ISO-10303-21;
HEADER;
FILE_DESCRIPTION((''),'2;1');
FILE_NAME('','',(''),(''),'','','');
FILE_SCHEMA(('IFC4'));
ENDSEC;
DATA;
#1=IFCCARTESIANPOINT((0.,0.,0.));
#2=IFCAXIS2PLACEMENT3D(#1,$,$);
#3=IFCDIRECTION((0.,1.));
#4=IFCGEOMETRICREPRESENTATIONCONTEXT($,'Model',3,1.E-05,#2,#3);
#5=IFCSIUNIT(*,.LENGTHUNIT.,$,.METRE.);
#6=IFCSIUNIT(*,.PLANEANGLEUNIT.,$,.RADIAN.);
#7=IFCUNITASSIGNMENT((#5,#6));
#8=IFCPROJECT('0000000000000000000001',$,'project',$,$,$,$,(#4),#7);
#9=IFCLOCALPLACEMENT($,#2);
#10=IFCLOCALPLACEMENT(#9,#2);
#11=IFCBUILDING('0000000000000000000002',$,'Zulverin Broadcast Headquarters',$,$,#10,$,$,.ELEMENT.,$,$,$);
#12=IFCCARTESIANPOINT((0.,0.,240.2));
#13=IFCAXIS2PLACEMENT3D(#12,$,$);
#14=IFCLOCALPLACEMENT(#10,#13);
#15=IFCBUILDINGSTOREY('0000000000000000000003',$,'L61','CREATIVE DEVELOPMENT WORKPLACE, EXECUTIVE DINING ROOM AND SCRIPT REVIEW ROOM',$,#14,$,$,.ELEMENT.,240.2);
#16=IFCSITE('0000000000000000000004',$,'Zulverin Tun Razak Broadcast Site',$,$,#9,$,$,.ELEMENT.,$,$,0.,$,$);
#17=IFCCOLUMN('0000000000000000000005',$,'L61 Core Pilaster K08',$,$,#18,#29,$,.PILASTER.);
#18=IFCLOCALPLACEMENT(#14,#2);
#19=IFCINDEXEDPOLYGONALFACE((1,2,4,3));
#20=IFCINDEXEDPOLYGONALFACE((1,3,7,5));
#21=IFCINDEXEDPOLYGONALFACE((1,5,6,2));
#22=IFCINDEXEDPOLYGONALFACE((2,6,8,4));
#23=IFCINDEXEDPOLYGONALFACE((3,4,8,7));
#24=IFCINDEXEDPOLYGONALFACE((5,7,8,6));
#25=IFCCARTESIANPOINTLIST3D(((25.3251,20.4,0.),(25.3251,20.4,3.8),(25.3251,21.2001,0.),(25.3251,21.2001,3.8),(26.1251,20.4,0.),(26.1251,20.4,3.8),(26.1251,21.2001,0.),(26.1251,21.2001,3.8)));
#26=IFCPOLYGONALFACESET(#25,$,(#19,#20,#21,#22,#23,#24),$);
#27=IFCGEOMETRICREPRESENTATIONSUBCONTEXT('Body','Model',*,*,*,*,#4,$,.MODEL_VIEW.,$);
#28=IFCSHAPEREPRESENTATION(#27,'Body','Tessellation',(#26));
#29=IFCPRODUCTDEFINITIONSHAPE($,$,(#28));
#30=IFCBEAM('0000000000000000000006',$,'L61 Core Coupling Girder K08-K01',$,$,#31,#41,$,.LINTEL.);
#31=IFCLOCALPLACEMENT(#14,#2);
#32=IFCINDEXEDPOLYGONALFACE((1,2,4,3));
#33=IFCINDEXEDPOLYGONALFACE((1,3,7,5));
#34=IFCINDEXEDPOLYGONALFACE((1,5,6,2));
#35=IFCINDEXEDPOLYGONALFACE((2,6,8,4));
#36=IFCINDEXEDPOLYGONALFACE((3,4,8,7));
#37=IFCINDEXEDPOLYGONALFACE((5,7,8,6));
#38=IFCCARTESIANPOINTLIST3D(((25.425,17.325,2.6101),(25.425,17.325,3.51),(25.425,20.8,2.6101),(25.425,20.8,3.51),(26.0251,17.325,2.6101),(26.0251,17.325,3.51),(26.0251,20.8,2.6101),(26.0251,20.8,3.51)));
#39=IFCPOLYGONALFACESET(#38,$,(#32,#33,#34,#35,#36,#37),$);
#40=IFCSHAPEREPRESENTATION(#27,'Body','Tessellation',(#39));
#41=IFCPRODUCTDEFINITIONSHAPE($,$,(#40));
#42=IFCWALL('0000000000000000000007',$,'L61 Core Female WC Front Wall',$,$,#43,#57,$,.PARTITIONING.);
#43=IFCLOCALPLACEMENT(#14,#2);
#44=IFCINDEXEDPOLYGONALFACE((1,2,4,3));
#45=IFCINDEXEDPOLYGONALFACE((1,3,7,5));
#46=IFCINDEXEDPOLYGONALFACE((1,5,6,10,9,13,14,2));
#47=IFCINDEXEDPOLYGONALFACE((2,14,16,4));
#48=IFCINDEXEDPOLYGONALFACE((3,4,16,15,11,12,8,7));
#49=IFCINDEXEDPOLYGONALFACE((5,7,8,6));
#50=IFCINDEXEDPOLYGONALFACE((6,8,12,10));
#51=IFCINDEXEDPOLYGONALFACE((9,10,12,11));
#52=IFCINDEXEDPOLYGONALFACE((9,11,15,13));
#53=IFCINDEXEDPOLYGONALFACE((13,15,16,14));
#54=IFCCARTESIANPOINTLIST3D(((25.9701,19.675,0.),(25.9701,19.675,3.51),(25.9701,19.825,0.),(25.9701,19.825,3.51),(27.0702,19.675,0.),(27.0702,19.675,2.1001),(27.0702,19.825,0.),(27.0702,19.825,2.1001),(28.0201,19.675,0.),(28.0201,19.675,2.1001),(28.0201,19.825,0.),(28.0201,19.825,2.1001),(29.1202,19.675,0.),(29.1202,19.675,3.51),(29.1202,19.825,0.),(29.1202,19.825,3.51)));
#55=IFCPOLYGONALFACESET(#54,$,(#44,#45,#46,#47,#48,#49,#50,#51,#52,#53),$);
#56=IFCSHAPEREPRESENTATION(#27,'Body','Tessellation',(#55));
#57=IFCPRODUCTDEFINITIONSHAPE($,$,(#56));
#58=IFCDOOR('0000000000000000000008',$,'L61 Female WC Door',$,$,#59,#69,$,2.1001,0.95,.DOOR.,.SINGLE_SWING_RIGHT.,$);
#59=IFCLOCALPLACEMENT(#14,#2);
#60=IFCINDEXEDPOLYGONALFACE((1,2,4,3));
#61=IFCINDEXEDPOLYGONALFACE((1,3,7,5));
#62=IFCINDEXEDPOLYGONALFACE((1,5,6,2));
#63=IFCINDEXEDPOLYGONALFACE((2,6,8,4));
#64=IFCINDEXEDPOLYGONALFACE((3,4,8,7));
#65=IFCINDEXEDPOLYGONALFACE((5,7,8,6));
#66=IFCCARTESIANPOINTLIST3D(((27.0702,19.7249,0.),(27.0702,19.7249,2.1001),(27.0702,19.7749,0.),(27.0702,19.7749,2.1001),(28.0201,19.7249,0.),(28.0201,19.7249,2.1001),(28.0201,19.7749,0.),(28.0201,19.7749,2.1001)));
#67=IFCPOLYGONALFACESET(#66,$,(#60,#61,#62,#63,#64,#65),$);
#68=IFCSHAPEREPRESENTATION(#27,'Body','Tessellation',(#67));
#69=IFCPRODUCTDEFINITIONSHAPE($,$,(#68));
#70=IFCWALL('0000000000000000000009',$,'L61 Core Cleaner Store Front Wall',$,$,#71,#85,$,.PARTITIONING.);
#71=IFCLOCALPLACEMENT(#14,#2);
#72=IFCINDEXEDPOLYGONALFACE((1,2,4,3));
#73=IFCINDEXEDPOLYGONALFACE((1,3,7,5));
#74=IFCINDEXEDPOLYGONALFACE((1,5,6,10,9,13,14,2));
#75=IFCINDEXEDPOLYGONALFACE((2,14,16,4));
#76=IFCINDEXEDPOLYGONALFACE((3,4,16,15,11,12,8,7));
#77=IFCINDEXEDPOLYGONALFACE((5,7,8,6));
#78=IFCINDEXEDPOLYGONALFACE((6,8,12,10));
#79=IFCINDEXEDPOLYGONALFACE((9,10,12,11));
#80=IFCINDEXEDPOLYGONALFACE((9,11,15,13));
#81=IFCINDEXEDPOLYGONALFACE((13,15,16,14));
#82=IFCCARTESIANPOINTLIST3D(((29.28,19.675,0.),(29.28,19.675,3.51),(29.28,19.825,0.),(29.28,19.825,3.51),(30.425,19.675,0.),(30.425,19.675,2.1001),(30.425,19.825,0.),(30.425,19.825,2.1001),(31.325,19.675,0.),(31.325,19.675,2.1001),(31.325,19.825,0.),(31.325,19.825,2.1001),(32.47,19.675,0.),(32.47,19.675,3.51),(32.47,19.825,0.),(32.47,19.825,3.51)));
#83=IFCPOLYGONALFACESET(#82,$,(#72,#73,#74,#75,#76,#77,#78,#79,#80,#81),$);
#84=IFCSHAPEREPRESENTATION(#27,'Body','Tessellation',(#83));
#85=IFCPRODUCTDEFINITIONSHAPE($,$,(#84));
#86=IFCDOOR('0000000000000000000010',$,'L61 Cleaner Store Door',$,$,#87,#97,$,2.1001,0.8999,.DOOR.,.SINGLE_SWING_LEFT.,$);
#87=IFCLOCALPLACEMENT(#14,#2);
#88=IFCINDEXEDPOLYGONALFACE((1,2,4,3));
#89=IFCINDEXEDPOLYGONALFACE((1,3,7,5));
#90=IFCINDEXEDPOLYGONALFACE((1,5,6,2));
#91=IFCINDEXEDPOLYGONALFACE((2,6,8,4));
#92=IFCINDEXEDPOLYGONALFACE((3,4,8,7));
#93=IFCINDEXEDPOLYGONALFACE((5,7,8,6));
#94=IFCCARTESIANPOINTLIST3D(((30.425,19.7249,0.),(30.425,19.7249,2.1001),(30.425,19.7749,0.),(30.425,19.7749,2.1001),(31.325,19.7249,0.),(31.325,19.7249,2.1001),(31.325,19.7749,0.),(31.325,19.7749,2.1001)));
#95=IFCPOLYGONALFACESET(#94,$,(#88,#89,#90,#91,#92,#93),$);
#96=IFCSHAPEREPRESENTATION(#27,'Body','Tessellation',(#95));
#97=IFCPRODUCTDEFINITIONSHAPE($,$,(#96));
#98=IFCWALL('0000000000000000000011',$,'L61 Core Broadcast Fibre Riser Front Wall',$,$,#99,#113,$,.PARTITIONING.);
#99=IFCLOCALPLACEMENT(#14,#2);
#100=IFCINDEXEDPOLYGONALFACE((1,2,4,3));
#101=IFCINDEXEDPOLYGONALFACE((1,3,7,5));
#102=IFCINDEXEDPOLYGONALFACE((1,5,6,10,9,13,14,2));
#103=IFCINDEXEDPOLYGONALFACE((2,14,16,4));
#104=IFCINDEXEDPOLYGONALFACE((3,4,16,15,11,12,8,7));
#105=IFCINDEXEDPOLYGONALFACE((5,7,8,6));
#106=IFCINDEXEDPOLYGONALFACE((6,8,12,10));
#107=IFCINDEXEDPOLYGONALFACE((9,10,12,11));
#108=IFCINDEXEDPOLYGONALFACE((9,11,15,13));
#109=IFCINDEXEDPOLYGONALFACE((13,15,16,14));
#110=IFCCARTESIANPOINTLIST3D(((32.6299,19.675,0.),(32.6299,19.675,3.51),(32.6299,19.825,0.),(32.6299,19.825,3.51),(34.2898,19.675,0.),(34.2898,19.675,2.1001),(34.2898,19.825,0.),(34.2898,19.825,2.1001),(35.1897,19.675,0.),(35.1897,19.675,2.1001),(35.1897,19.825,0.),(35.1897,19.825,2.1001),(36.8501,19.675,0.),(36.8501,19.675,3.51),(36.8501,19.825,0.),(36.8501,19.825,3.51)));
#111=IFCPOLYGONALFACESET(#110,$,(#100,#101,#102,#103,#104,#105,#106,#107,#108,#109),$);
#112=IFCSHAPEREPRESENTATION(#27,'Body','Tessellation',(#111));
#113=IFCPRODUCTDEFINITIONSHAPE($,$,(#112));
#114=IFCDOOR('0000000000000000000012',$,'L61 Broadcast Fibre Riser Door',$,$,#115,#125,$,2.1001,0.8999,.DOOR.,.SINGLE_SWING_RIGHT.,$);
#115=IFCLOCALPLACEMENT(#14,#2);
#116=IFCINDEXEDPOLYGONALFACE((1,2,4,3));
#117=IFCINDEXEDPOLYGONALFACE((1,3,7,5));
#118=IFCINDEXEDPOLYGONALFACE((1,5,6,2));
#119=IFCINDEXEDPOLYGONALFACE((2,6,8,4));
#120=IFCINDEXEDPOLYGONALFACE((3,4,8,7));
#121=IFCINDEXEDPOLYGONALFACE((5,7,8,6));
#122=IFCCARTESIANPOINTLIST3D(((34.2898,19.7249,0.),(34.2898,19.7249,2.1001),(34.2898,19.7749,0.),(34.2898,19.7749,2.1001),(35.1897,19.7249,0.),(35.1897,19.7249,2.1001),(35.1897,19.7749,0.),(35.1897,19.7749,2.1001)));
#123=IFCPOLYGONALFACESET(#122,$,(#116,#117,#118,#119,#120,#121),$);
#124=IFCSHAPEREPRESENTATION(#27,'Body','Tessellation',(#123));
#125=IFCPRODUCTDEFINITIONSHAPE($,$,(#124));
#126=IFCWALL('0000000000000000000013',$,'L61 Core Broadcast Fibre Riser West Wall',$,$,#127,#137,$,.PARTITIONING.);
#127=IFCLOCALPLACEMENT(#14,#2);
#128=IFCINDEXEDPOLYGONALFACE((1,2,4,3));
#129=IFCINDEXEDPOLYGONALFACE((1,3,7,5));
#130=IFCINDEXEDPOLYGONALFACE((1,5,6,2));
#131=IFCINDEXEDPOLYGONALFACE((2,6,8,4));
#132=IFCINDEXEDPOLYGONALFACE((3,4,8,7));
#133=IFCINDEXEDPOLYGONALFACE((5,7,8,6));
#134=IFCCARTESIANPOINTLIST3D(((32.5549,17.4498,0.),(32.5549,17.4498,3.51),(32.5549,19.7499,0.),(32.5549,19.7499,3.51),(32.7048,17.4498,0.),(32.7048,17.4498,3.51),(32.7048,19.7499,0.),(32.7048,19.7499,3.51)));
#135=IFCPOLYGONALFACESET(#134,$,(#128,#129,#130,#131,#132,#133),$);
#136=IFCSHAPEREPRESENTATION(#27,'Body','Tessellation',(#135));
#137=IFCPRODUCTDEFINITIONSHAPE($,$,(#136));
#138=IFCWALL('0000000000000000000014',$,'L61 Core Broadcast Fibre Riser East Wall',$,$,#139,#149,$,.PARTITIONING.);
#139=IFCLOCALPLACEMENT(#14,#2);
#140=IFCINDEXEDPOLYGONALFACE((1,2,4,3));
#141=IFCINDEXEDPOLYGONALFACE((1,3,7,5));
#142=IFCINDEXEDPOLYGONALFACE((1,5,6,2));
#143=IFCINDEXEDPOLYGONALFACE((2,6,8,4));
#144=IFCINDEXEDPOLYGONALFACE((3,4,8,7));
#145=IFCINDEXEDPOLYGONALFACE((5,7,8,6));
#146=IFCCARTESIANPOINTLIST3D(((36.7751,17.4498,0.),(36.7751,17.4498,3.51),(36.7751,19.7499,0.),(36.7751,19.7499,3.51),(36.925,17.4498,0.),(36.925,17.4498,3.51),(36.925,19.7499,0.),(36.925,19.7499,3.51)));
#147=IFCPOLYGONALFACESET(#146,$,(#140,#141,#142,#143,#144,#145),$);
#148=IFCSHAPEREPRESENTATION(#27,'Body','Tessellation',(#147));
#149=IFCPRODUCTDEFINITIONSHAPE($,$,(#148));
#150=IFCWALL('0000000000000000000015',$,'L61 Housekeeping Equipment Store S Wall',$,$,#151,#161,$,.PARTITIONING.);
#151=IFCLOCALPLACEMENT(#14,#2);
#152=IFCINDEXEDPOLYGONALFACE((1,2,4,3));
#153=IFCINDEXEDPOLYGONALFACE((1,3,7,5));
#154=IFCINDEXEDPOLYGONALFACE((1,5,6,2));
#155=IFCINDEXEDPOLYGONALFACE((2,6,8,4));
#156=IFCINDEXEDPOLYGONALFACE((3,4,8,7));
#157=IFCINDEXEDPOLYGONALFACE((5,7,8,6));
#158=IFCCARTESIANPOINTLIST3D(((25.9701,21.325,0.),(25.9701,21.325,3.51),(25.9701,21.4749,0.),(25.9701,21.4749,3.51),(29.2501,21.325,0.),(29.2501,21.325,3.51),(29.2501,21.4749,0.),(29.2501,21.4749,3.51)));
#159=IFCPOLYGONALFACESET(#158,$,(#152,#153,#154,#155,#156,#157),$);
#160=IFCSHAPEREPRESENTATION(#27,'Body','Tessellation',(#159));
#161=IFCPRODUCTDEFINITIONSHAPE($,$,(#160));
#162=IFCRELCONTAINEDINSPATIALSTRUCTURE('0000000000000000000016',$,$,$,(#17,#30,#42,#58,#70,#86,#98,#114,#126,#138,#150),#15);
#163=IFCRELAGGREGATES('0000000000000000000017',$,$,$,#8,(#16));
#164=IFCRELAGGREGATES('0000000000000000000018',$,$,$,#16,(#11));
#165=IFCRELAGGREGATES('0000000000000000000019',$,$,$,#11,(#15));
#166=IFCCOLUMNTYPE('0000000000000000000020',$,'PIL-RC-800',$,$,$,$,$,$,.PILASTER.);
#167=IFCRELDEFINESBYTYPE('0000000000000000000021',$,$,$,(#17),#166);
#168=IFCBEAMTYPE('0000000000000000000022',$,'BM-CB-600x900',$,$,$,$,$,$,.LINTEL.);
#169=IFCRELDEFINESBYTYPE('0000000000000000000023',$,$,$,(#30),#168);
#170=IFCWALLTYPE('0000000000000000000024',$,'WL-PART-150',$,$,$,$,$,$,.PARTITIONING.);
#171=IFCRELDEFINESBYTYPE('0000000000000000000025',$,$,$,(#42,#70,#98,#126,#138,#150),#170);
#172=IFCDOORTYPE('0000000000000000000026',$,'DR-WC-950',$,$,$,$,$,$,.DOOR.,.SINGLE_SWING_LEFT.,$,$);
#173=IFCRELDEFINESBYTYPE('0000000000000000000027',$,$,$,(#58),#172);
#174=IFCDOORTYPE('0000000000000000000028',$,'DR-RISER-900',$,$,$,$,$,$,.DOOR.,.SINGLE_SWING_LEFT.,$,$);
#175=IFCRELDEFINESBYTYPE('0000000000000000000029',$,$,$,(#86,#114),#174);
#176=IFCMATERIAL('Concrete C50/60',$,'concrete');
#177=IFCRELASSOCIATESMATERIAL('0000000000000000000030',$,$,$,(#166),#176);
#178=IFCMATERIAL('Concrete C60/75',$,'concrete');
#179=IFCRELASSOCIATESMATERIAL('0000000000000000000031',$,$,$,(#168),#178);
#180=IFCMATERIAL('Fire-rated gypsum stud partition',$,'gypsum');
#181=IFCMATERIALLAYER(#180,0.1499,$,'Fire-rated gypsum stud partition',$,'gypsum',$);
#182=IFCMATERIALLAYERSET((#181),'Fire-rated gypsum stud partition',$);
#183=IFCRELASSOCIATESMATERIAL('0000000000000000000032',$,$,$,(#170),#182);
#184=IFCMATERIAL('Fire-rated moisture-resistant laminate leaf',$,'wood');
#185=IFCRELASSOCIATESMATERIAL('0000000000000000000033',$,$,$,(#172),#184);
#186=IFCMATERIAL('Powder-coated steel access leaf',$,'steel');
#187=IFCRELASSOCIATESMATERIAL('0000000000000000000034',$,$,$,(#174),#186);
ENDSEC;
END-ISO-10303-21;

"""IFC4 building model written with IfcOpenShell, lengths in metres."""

from ifc_helpers import new_model, si_unit, direction, frame, frame_2d, origin, origin_2d, place, context, subcontext, project, spatial, rectangle, extrude, material, layer, layer_set, material_profile, profile_set, type_object, element, fill, save


model = new_model("IFC4")

# Units and contexts
model_context = context("Model", 3, precision=1e-05, world=origin(), true_north=direction((0.0, 1.0)))
body_context = subcontext(model_context, "Body", "Model", "MODEL_VIEW")
ifc_project = project(units=[si_unit("LENGTHUNIT", "METRE"), si_unit("PLANEANGLEUNIT", "RADIAN")], contexts=[model_context])

# Site, building, storey
site_placement = place(None, origin())
site = spatial("IfcSite", under=ifc_project, at=site_placement, Name="Zulverin Tun Razak Broadcast Site", CompositionType="ELEMENT", RefElevation=0.0)
building_placement = place(site_placement, origin())
building = spatial("IfcBuilding", under=site, at=building_placement, Name="Zulverin Broadcast Headquarters", CompositionType="ELEMENT")
storey_placement = place(building_placement, frame((0.0, 0.0, 240.2)))
storey = spatial("IfcBuildingStorey", under=building, at=storey_placement, Name="L61", Description="CREATIVE DEVELOPMENT WORKPLACE, EXECUTIVE DINING ROOM AND SCRIPT REVIEW ROOM", CompositionType="ELEMENT", Elevation=240.2)

# Column
ifc_material_1 = material(Name="Concrete C50/60", Category="concrete")
ifc_material_profile_1 = material_profile(ifc_material_1, rectangle(XDim=0.8, YDim=0.8, at=origin_2d()), Name="Concrete C50/60", Category="concrete")
ifc_profile_set_1 = profile_set([ifc_material_profile_1], Name="Concrete C50/60")
column_type = type_object("IfcColumnType", Name="PIL-RC-800", PredefinedType="PILASTER", material=ifc_profile_set_1)
column_placement = place(storey_placement, frame((25.7251, 20.8, 0.0), z_axis=(0.0, 0.0, 1.0), x_axis=(1.0, 0.0, 0.0)))
element("IfcColumn", 1, at=column_placement, inside=storey, type_object=column_type, Name="L61 Core Pilaster K08", PredefinedType="PILASTER", context=body_context, shape_type="SweptSolid", body=[
    extrude(rectangle(XDim=0.8, YDim=0.8, at=origin_2d()), origin(), (0.0, 0.0, 1.0), 3.8),
])

# Beam
ifc_material_2 = material(Name="Concrete C60/75", Category="concrete")
ifc_material_profile_2 = material_profile(ifc_material_2, rectangle(XDim=0.6001, YDim=0.8999, at=origin_2d()), Name="Concrete C60/75", Category="concrete")
ifc_profile_set_2 = profile_set([ifc_material_profile_2], Name="Concrete C60/75")
beam_type = type_object("IfcBeamType", Name="BM-CB-600x900", PredefinedType="LINTEL", material=ifc_profile_set_2)
beam_placement = place(storey_placement, frame((25.7251, 20.8, 3.0601), z_axis=(0.0, -1.0, 0.0), x_axis=(1.0, 0.0, 0.0)))
element("IfcBeam", 2, at=beam_placement, inside=storey, type_object=beam_type, Name="L61 Core Coupling Girder K08-K01", PredefinedType="LINTEL", context=body_context, shape_type="SweptSolid", body=[
    extrude(rectangle(XDim=0.6001, YDim=0.8999, at=origin_2d()), origin(), (0.0, 0.0, 1.0), 3.4751),
])

# Walls, openings, doors
ifc_material_3 = material(Name="Fire-rated gypsum stud partition", Category="gypsum")
ifc_layer = layer(ifc_material_3, 0.1499, Name="Fire-rated gypsum stud partition", Category="gypsum")
ifc_layer_set = layer_set([ifc_layer], Name="Fire-rated gypsum stud partition")
wall_type = type_object("IfcWallType", Name="WL-PART-150", PredefinedType="PARTITIONING", material=ifc_layer_set)
wall_1_placement = place(storey_placement, frame((25.97, 19.75, 0.0), z_axis=(0.0, 0.0, 1.0), x_axis=(1.0, 0.0, 0.0)))
wall_1 = element("IfcWall", 3, at=wall_1_placement, inside=storey, type_object=wall_type, Name="L61 Core Female WC Front Wall", PredefinedType="PARTITIONING", context=body_context, shape_type="SweptSolid", body=[
    extrude(rectangle(XDim=3.1501, YDim=0.1499, at=frame_2d((1.5752, 0.0))), origin(), (0.0, 0.0, 1.0), 3.51),
])
opening_1_placement = place(wall_1_placement, frame((1.1001, 0.0, 0.0)))
opening_1 = element("IfcOpeningElement", 4, at=opening_1_placement, cuts=wall_1, PredefinedType="OPENING", context=body_context, shape_type="SweptSolid", body=[
    extrude(rectangle(XDim=0.95, YDim=2.1001, at=frame_2d((0.4751, 1.05))), frame((0.0, 0.085, 0.0), z_axis=(0.0, -1.0, 0.0), x_axis=(1.0, 0.0, 0.0)), (0.0, 0.0, 1.0), 0.1699),
])
ifc_material_4 = material(Name="Fire-rated moisture-resistant laminate leaf", Category="wood")
door_type_1 = type_object("IfcDoorType", Name="DR-WC-950", OperationType="SINGLE_SWING_LEFT", PredefinedType="DOOR", material=ifc_material_4)
door_1_placement = place(opening_1_placement, origin())
door_1 = element("IfcDoor", 5, at=door_1_placement, inside=storey, type_object=door_type_1, Name="L61 Female WC Door", OperationType="SINGLE_SWING_RIGHT", OverallHeight=2.1001, OverallWidth=0.95, PredefinedType="DOOR", context=body_context, shape_type="SweptSolid", body=[
    extrude(rectangle(XDim=0.95, YDim=2.1001, at=frame_2d((0.4751, 1.05))), frame((0.0, 0.0249, 0.0), z_axis=(0.0, -1.0, 0.0), x_axis=(1.0, 0.0, 0.0)), (0.0, 0.0, 1.0), 0.05),
])
fill(opening_1, door_1)
wall_2_placement = place(storey_placement, frame((29.28, 19.75, 0.0), z_axis=(0.0, 0.0, 1.0), x_axis=(1.0, 0.0, 0.0)))
wall_2 = element("IfcWall", 6, at=wall_2_placement, inside=storey, type_object=wall_type, Name="L61 Core Cleaner Store Front Wall", PredefinedType="PARTITIONING", context=body_context, shape_type="SweptSolid", body=[
    extrude(rectangle(XDim=3.1899, YDim=0.1499, at=frame_2d((1.595, 0.0))), origin(), (0.0, 0.0, 1.0), 3.51),
])
opening_2_placement = place(wall_2_placement, frame((1.145, 0.0, 0.0)))
opening_2 = element("IfcOpeningElement", 7, at=opening_2_placement, cuts=wall_2, PredefinedType="OPENING", context=body_context, shape_type="SweptSolid", body=[
    extrude(rectangle(XDim=0.8999, YDim=2.1001, at=frame_2d((0.45, 1.05))), frame((0.0, 0.085, 0.0), z_axis=(0.0, -1.0, 0.0), x_axis=(1.0, 0.0, 0.0)), (0.0, 0.0, 1.0), 0.1699),
])
ifc_material_5 = material(Name="Powder-coated steel access leaf", Category="steel")
door_type_2 = type_object("IfcDoorType", Name="DR-RISER-900", OperationType="SINGLE_SWING_LEFT", PredefinedType="DOOR", material=ifc_material_5)
door_2_placement = place(opening_2_placement, origin())
door_2 = element("IfcDoor", 8, at=door_2_placement, inside=storey, type_object=door_type_2, Name="L61 Cleaner Store Door", OperationType="SINGLE_SWING_LEFT", OverallHeight=2.1001, OverallWidth=0.8999, PredefinedType="DOOR", context=body_context, shape_type="SweptSolid", body=[
    extrude(rectangle(XDim=0.8999, YDim=2.1001, at=frame_2d((0.45, 1.05))), frame((0.0, 0.0249, 0.0), z_axis=(0.0, -1.0, 0.0), x_axis=(1.0, 0.0, 0.0)), (0.0, 0.0, 1.0), 0.05),
])
fill(opening_2, door_2)
wall_3_placement = place(storey_placement, frame((32.6299, 19.75, 0.0), z_axis=(0.0, 0.0, 1.0), x_axis=(1.0, 0.0, 0.0)))
wall_3 = element("IfcWall", 9, at=wall_3_placement, inside=storey, type_object=wall_type, Name="L61 Core Broadcast Fibre Riser Front Wall", PredefinedType="PARTITIONING", context=body_context, shape_type="SweptSolid", body=[
    extrude(rectangle(XDim=4.2202, YDim=0.1499, at=frame_2d((2.1101, 0.0))), origin(), (0.0, 0.0, 1.0), 3.51),
])
opening_3_placement = place(wall_3_placement, frame((1.6599, 0.0, 0.0)))
opening_3 = element("IfcOpeningElement", 10, at=opening_3_placement, cuts=wall_3, PredefinedType="OPENING", context=body_context, shape_type="SweptSolid", body=[
    extrude(rectangle(XDim=0.8999, YDim=2.1001, at=frame_2d((0.45, 1.05))), frame((0.0, 0.085, 0.0), z_axis=(0.0, -1.0, 0.0), x_axis=(1.0, 0.0, 0.0)), (0.0, 0.0, 1.0), 0.1699),
])
door_3_placement = place(opening_3_placement, origin())
door_3 = element("IfcDoor", 11, at=door_3_placement, inside=storey, type_object=door_type_2, Name="L61 Broadcast Fibre Riser Door", OperationType="SINGLE_SWING_RIGHT", OverallHeight=2.1001, OverallWidth=0.8999, PredefinedType="DOOR", context=body_context, shape_type="SweptSolid", body=[
    extrude(rectangle(XDim=0.8999, YDim=2.1001, at=frame_2d((0.45, 1.05))), frame((0.0, 0.0249, 0.0), z_axis=(0.0, -1.0, 0.0), x_axis=(1.0, 0.0, 0.0)), (0.0, 0.0, 1.0), 0.05),
])
fill(opening_3, door_3)

# Walls
for number, where, z_axis, x_axis, name in (
    (12, (32.6299, 17.45, 0.0), (0.0, 0.0, 1.0), (0.0, 1.0, 0.0), "L61 Core Broadcast Fibre Riser West Wall"),
    (13, (36.8501, 17.45, 0.0), (0.0, 0.0, 1.0), (0.0, 1.0, 0.0), "L61 Core Broadcast Fibre Riser East Wall"),
):
    element("IfcWall", number, at=place(storey_placement, frame(where, z_axis=z_axis, x_axis=x_axis)), inside=storey, type_object=wall_type, Name=name, PredefinedType="PARTITIONING", context=body_context, shape_type="SweptSolid", body=[
        extrude(rectangle(XDim=2.3, YDim=0.1499, at=frame_2d((1.1499, 0.0))), origin(), (0.0, 0.0, 1.0), 3.51),
    ])
wall_4_placement = place(storey_placement, frame((25.97, 21.3999, 0.0), z_axis=(0.0, 0.0, 1.0), x_axis=(1.0, 0.0, 0.0)))
element("IfcWall", 14, at=wall_4_placement, inside=storey, type_object=wall_type, Name="L61 Housekeeping Equipment Store S Wall", PredefinedType="PARTITIONING", context=body_context, shape_type="SweptSolid", body=[
    extrude(rectangle(XDim=3.28, YDim=0.1499, at=frame_2d((1.6401, 0.0))), origin(), (0.0, 0.0, 1.0), 3.51),
])

save(model, "model.ifc")
